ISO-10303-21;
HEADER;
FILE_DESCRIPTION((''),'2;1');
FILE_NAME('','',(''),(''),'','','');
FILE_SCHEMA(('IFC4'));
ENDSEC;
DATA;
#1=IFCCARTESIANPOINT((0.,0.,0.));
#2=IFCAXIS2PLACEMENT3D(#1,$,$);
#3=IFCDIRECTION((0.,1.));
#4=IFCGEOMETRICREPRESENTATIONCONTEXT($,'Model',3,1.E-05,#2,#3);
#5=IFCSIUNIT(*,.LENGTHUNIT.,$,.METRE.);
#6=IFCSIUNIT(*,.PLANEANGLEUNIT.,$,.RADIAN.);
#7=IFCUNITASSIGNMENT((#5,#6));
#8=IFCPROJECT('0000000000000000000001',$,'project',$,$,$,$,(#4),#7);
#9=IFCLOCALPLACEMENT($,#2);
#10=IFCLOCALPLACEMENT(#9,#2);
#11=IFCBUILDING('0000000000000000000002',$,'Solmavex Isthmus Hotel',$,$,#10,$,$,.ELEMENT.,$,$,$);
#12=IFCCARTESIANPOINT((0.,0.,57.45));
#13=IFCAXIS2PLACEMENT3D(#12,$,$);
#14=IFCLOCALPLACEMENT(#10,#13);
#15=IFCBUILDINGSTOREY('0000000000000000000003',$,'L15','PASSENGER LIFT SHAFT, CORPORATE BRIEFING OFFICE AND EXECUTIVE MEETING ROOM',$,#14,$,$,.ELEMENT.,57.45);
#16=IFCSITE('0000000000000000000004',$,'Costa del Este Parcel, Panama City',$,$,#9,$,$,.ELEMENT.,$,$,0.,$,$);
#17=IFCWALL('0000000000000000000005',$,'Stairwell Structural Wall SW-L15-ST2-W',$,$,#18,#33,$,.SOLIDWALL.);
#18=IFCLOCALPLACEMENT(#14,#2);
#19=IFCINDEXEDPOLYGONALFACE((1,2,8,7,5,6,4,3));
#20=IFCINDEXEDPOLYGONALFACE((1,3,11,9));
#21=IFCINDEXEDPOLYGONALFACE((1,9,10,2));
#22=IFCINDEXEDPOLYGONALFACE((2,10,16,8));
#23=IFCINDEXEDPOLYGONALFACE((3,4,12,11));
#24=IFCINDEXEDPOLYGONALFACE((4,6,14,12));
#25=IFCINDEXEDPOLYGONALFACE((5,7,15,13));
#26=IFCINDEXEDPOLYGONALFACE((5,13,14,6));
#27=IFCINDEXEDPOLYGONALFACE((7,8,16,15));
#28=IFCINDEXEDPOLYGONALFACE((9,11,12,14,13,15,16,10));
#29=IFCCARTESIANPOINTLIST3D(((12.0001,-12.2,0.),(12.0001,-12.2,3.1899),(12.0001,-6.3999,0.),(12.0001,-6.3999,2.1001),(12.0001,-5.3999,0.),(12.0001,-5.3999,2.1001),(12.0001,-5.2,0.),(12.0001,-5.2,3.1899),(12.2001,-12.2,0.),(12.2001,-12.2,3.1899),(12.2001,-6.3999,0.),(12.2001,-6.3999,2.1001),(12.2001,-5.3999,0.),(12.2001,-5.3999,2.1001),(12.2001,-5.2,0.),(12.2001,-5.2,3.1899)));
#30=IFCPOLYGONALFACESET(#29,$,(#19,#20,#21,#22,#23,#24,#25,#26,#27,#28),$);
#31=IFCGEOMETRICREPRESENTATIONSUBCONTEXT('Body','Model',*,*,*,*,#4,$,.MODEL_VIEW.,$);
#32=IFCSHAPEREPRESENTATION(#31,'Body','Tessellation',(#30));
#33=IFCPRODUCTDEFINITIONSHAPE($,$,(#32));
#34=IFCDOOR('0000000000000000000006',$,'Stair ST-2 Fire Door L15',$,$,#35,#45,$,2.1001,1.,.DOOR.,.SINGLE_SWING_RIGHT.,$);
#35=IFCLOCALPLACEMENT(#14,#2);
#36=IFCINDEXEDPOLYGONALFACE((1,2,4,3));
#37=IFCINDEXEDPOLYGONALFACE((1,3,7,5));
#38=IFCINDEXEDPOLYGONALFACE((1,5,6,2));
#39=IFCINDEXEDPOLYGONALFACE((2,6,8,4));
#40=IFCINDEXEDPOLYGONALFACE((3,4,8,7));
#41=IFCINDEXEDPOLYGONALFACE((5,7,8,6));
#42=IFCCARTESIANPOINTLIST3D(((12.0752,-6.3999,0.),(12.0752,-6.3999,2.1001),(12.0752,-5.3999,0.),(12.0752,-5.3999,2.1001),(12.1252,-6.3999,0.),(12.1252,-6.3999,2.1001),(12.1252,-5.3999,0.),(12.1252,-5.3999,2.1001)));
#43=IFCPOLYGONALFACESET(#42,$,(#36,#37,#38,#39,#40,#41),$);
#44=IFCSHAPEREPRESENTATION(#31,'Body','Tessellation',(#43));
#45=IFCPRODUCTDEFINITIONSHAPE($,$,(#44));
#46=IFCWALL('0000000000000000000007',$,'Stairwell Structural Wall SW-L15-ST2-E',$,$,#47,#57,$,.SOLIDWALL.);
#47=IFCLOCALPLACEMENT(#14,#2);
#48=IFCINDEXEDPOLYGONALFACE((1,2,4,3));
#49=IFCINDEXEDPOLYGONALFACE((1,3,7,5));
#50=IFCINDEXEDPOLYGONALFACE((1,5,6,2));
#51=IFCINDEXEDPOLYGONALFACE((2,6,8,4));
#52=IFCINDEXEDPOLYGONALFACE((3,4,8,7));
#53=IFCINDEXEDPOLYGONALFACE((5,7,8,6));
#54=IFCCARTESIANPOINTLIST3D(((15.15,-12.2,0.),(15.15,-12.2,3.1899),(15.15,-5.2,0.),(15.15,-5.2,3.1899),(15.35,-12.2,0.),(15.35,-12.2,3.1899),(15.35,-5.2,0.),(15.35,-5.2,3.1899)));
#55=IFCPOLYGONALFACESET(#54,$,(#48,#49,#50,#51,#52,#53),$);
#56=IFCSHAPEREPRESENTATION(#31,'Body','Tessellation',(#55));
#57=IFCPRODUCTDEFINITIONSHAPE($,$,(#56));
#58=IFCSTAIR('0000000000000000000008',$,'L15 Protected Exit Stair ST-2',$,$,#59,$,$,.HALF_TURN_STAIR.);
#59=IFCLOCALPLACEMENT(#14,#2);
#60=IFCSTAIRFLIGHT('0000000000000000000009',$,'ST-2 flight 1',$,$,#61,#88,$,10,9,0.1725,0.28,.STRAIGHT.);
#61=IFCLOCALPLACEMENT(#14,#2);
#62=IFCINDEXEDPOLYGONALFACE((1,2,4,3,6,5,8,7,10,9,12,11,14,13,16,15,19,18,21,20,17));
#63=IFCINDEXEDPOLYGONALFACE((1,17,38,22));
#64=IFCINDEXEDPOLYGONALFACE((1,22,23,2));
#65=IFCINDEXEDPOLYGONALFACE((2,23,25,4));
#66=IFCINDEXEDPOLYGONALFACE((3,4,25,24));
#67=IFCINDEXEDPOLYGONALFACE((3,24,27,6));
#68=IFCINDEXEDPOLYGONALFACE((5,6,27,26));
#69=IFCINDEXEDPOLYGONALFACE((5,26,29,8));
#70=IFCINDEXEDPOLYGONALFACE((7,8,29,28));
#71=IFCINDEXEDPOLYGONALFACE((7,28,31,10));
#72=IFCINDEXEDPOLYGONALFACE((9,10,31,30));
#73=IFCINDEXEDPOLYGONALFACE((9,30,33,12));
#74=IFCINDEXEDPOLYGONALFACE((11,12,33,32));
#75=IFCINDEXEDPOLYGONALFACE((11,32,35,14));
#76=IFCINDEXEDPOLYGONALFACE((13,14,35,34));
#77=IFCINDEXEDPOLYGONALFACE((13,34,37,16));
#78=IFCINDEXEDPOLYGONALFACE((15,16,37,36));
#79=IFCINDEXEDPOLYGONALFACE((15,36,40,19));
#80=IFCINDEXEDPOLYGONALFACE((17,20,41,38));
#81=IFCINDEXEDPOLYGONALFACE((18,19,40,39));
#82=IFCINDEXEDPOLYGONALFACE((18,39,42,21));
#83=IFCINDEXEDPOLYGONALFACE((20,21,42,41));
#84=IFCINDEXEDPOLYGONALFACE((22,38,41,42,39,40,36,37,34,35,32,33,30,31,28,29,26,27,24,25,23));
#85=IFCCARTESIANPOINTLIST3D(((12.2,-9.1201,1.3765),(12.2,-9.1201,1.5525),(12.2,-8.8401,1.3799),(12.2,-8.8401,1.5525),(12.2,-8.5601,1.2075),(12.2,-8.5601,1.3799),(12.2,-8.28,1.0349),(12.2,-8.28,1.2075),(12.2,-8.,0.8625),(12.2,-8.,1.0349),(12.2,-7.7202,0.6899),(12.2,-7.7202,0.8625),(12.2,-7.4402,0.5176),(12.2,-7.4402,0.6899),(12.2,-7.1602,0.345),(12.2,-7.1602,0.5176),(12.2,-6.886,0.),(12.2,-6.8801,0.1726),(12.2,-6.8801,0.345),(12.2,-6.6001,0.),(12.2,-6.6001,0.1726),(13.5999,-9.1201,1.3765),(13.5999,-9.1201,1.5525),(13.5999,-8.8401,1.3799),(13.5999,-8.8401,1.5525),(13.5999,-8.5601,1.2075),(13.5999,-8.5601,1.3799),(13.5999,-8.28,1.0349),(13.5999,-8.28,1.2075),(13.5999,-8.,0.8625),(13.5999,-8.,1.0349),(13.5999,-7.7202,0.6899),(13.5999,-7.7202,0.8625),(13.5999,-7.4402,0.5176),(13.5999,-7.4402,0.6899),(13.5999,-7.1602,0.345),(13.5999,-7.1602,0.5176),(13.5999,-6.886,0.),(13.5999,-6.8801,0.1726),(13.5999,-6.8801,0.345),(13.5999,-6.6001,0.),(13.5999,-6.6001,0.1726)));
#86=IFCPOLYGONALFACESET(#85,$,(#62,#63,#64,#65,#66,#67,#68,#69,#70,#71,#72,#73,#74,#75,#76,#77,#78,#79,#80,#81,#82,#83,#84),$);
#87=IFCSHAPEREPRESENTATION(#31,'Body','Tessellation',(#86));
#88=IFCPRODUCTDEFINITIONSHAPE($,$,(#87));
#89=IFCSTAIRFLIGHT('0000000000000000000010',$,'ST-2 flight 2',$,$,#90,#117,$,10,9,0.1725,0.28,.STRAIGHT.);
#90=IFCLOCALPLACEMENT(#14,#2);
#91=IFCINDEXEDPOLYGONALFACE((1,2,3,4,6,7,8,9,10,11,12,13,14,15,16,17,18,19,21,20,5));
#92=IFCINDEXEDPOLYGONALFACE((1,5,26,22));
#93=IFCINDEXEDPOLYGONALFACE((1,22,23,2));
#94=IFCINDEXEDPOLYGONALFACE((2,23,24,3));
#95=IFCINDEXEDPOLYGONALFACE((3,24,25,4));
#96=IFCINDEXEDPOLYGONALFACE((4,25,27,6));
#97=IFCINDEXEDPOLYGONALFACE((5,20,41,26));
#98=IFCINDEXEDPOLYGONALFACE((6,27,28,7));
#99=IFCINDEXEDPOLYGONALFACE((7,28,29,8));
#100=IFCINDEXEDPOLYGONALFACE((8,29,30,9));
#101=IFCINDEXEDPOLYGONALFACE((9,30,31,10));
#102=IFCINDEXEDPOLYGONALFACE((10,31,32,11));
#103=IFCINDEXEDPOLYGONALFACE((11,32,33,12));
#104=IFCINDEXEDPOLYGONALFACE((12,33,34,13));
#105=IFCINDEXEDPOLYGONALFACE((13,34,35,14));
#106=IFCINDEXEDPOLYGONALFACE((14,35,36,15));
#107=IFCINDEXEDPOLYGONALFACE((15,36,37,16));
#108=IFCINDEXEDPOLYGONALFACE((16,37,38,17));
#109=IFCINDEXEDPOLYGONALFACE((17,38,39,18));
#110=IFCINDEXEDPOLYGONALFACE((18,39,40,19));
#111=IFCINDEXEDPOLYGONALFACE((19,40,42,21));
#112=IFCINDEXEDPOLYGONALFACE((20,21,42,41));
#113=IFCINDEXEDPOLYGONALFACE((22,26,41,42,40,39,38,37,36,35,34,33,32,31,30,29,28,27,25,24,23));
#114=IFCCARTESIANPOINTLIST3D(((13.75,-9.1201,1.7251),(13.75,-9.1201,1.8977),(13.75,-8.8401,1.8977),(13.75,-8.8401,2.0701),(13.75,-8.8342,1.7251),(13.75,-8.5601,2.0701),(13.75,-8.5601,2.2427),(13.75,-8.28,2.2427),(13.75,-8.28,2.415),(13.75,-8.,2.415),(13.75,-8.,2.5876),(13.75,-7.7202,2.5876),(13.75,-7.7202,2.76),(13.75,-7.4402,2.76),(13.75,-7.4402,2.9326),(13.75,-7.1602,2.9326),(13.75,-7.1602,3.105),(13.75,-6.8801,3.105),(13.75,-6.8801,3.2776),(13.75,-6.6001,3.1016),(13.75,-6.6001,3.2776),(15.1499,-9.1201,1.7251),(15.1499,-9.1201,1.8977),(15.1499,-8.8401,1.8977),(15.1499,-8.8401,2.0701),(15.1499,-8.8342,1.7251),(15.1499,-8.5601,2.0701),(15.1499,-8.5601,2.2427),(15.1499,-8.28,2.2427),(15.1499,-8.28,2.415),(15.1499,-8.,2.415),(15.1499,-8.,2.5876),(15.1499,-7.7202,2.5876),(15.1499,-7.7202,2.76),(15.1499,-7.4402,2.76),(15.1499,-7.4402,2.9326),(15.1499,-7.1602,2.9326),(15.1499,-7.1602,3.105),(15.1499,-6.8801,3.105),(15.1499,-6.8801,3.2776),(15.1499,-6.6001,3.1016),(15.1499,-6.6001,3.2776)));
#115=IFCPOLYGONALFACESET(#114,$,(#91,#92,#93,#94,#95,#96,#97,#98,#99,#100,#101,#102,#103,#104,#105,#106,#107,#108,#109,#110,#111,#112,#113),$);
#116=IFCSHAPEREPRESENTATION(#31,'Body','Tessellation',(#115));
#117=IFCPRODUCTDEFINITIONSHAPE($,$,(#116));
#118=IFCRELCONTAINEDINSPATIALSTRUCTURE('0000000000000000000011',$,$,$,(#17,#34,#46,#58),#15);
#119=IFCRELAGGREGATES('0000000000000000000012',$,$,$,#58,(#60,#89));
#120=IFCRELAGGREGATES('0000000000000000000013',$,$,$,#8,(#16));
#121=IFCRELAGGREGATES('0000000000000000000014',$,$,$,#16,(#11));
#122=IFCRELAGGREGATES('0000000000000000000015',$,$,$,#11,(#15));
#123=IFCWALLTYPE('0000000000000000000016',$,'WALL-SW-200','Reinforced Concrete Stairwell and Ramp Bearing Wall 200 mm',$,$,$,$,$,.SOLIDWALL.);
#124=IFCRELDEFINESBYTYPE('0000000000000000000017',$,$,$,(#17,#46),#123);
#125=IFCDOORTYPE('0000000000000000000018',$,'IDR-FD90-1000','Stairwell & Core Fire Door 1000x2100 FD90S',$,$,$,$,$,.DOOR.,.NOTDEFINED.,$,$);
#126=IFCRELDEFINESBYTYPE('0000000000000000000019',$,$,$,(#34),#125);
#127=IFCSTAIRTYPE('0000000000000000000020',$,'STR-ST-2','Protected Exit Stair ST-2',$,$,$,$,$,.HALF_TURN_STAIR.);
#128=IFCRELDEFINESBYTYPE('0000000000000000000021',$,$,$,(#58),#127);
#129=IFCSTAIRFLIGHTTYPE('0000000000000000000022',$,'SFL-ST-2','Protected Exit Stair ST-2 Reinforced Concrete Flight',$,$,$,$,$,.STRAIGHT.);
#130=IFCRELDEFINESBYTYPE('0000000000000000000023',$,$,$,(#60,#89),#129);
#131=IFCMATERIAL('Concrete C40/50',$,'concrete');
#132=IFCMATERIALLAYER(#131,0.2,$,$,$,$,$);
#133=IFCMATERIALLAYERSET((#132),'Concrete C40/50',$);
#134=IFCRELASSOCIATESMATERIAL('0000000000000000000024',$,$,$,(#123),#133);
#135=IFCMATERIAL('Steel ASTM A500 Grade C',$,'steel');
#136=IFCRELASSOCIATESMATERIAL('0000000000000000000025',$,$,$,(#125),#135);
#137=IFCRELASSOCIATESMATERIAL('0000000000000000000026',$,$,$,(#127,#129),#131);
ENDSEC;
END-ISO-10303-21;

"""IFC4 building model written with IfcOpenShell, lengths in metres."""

from ifc_helpers import new_model, si_unit, direction, frame, frame_2d, origin, place, context, subcontext, project, spatial, polyline, rectangle, outline, extrude, material, layer, layer_set, type_object, element, fill, aggregate, save


model = new_model("IFC4")

# Units and contexts
model_context = context("Model", 3, precision=1e-05, world=origin(), true_north=direction((0.0, 1.0)))
body_context = subcontext(model_context, "Body", "Model", "MODEL_VIEW")
ifc_project = project(units=[si_unit("LENGTHUNIT", "METRE"), si_unit("PLANEANGLEUNIT", "RADIAN")], contexts=[model_context])

# Site, building, storey
site_placement = place(None, origin())
site = spatial("IfcSite", under=ifc_project, at=site_placement, Name="Costa del Este Parcel, Panama City", CompositionType="ELEMENT", RefElevation=0.0)
building_placement = place(site_placement, origin())
building = spatial("IfcBuilding", under=site, at=building_placement, Name="Solmavex Isthmus Hotel", CompositionType="ELEMENT")
storey_placement = place(building_placement, frame((0.0, 0.0, 57.45)))
storey = spatial("IfcBuildingStorey", under=building, at=storey_placement, Name="L15", Description="PASSENGER LIFT SHAFT, CORPORATE BRIEFING OFFICE AND EXECUTIVE MEETING ROOM", CompositionType="ELEMENT", Elevation=57.45)

# Shared definitions
ifc_material_1 = material(Name="Concrete C40/50", Category="concrete")
ifc_material_2 = material(Name="Steel ASTM A500 Grade C", Category="steel")

# Shared definitions
ifc_layer_1 = layer(ifc_material_1, 0.2)
ifc_layer_set_1 = layer_set([ifc_layer_1], Name="Concrete C40/50")
wall_type_1 = type_object("IfcWallType", Name="WALL-SW-200", Description="Reinforced Concrete Stairwell and Ramp Bearing Wall 200 mm", PredefinedType="SOLIDWALL", material=ifc_layer_set_1)

# Wall, opening, door
wall_1_placement = place(storey_placement, frame((12.1001, -12.2, 0.0), z_axis=(0.0, 0.0, 1.0), x_axis=(0.0, 1.0, 0.0)))
wall_1 = element("IfcWall", 1, at=wall_1_placement, inside=storey, type_object=wall_type_1, Name="Stairwell Structural Wall SW-L15-ST2-W", PredefinedType="SOLIDWALL", context=body_context, shape_type="SweptSolid", body=[
    extrude(rectangle(XDim=7.0, YDim=0.2, at=frame_2d((3.5, 0.0))), origin(), (0.0, 0.0, 1.0), 3.1899),
])
opening_1_placement = place(wall_1_placement, frame((5.8, 0.0, 0.0)))
opening_1 = element("IfcOpeningElement", 2, at=opening_1_placement, cuts=wall_1, PredefinedType="OPENING", context=body_context, shape_type="SweptSolid", body=[
    extrude(rectangle(XDim=1.0, YDim=2.1001, at=frame_2d((0.5, 1.05))), frame((0.0, 0.1099, 0.0), z_axis=(0.0, -1.0, 0.0), x_axis=(1.0, 0.0, 0.0)), (0.0, 0.0, 1.0), 0.22),
])
door_type_1 = type_object("IfcDoorType", Name="IDR-FD90-1000", Description="Stairwell & Core Fire Door 1000x2100 FD90S", OperationType="NOTDEFINED", PredefinedType="DOOR", material=ifc_material_2)
door_1_placement = place(opening_1_placement, origin())
door_1 = element("IfcDoor", 3, at=door_1_placement, inside=storey, type_object=door_type_1, Name="Stair ST-2 Fire Door L15", OperationType="SINGLE_SWING_RIGHT", OverallHeight=2.1001, OverallWidth=1.0, PredefinedType="DOOR", context=body_context, shape_type="SweptSolid", body=[
    extrude(rectangle(XDim=1.0, YDim=2.1001, at=frame_2d((0.5, 1.05))), frame((0.0, 0.0249, 0.0), z_axis=(0.0, -1.0, 0.0), x_axis=(1.0, 0.0, 0.0)), (0.0, 0.0, 1.0), 0.05),
])
fill(opening_1, door_1)

# Wall
wall_2_placement = place(storey_placement, frame((15.25, -12.2, 0.0), z_axis=(0.0, 0.0, 1.0), x_axis=(0.0, 1.0, 0.0)))
element("IfcWall", 4, at=wall_2_placement, inside=storey, type_object=wall_type_1, Name="Stairwell Structural Wall SW-L15-ST2-E", PredefinedType="SOLIDWALL", context=body_context, shape_type="SweptSolid", body=[
    extrude(rectangle(XDim=7.0, YDim=0.2, at=frame_2d((3.5, 0.0))), origin(), (0.0, 0.0, 1.0), 3.1899),
])

# Stair, stair flights
stair_type = type_object("IfcStairType", Name="STR-ST-2", Description="Protected Exit Stair ST-2", PredefinedType="HALF_TURN_STAIR", material=ifc_material_1)
stair_placement = place(storey_placement, origin())
stair = element("IfcStair", 5, at=stair_placement, inside=storey, type_object=stair_type, Name="L15 Protected Exit Stair ST-2", PredefinedType="HALF_TURN_STAIR")
stair_flight_type = type_object("IfcStairFlightType", Name="SFL-ST-2", Description="Protected Exit Stair ST-2 Reinforced Concrete Flight", PredefinedType="STRAIGHT", material=ifc_material_1)
stair_flight_1_placement = place(storey_placement, frame((12.8999, -6.6001, 0.0), z_axis=(0.0, 0.0, 1.0), x_axis=(0.0, -1.0, 0.0)))
stair_flight_1 = element("IfcStairFlight", 6, at=stair_flight_1_placement, type_object=stair_flight_type, Name="ST-2 flight 1", NumberOfRisers=10, NumberOfTreads=9, PredefinedType="STRAIGHT", RiserHeight=0.1725, TreadLength=0.28, context=body_context, shape_type="SweptSolid", body=[
    extrude(outline(polyline([(0.0, 0.0), (0.0, 0.1726), (0.28, 0.1726), (0.28, 0.345), (0.5601, 0.345), (0.5601, 0.5176), (0.8401, 0.5176), (0.8401, 0.6899), (1.1201, 0.6899), (1.1201, 0.8625), (1.3999, 0.8625), (1.3999, 1.0349), (1.6799, 1.0349), (1.6799, 1.2075), (1.96, 1.2075), (1.96, 1.3799), (2.24, 1.3799), (2.24, 1.5525), (2.52, 1.5525), (2.52, 1.7251), (2.52, 1.3765), (0.2859, 0.0), (0.0, 0.0)])), frame((0.0, 0.7, 0.0), z_axis=(0.0, -1.0, 0.0), x_axis=(1.0, 0.0, 0.0)), (0.0, 0.0, 1.0), 1.3999),
])
stair_flight_2_placement = place(storey_placement, frame((14.45, -9.1201, 1.7251), z_axis=(0.0, 0.0, 1.0), x_axis=(0.0, 1.0, 0.0)))
stair_flight_2 = element("IfcStairFlight", 7, at=stair_flight_2_placement, type_object=stair_flight_type, Name="ST-2 flight 2", NumberOfRisers=10, NumberOfTreads=9, PredefinedType="STRAIGHT", RiserHeight=0.1725, TreadLength=0.28, context=body_context, shape_type="SweptSolid", body=[
    extrude(outline(polyline([(0.0, 0.0), (0.0, 0.1726), (0.28, 0.1726), (0.28, 0.345), (0.5601, 0.345), (0.5601, 0.5176), (0.8401, 0.5176), (0.8401, 0.6899), (1.1201, 0.6899), (1.1201, 0.8625), (1.3999, 0.8625), (1.3999, 1.0349), (1.6799, 1.0349), (1.6799, 1.2075), (1.96, 1.2075), (1.96, 1.3799), (2.24, 1.3799), (2.24, 1.5525), (2.52, 1.5525), (2.52, 1.7251), (2.52, 1.3765), (0.2859, 0.0), (0.0, 0.0)])), frame((0.0, 0.7, 0.0), z_axis=(0.0, -1.0, 0.0), x_axis=(1.0, 0.0, 0.0)), (0.0, 0.0, 1.0), 1.3999),
])
aggregate(stair, [stair_flight_1, stair_flight_2])

save(model, "model.ifc")
